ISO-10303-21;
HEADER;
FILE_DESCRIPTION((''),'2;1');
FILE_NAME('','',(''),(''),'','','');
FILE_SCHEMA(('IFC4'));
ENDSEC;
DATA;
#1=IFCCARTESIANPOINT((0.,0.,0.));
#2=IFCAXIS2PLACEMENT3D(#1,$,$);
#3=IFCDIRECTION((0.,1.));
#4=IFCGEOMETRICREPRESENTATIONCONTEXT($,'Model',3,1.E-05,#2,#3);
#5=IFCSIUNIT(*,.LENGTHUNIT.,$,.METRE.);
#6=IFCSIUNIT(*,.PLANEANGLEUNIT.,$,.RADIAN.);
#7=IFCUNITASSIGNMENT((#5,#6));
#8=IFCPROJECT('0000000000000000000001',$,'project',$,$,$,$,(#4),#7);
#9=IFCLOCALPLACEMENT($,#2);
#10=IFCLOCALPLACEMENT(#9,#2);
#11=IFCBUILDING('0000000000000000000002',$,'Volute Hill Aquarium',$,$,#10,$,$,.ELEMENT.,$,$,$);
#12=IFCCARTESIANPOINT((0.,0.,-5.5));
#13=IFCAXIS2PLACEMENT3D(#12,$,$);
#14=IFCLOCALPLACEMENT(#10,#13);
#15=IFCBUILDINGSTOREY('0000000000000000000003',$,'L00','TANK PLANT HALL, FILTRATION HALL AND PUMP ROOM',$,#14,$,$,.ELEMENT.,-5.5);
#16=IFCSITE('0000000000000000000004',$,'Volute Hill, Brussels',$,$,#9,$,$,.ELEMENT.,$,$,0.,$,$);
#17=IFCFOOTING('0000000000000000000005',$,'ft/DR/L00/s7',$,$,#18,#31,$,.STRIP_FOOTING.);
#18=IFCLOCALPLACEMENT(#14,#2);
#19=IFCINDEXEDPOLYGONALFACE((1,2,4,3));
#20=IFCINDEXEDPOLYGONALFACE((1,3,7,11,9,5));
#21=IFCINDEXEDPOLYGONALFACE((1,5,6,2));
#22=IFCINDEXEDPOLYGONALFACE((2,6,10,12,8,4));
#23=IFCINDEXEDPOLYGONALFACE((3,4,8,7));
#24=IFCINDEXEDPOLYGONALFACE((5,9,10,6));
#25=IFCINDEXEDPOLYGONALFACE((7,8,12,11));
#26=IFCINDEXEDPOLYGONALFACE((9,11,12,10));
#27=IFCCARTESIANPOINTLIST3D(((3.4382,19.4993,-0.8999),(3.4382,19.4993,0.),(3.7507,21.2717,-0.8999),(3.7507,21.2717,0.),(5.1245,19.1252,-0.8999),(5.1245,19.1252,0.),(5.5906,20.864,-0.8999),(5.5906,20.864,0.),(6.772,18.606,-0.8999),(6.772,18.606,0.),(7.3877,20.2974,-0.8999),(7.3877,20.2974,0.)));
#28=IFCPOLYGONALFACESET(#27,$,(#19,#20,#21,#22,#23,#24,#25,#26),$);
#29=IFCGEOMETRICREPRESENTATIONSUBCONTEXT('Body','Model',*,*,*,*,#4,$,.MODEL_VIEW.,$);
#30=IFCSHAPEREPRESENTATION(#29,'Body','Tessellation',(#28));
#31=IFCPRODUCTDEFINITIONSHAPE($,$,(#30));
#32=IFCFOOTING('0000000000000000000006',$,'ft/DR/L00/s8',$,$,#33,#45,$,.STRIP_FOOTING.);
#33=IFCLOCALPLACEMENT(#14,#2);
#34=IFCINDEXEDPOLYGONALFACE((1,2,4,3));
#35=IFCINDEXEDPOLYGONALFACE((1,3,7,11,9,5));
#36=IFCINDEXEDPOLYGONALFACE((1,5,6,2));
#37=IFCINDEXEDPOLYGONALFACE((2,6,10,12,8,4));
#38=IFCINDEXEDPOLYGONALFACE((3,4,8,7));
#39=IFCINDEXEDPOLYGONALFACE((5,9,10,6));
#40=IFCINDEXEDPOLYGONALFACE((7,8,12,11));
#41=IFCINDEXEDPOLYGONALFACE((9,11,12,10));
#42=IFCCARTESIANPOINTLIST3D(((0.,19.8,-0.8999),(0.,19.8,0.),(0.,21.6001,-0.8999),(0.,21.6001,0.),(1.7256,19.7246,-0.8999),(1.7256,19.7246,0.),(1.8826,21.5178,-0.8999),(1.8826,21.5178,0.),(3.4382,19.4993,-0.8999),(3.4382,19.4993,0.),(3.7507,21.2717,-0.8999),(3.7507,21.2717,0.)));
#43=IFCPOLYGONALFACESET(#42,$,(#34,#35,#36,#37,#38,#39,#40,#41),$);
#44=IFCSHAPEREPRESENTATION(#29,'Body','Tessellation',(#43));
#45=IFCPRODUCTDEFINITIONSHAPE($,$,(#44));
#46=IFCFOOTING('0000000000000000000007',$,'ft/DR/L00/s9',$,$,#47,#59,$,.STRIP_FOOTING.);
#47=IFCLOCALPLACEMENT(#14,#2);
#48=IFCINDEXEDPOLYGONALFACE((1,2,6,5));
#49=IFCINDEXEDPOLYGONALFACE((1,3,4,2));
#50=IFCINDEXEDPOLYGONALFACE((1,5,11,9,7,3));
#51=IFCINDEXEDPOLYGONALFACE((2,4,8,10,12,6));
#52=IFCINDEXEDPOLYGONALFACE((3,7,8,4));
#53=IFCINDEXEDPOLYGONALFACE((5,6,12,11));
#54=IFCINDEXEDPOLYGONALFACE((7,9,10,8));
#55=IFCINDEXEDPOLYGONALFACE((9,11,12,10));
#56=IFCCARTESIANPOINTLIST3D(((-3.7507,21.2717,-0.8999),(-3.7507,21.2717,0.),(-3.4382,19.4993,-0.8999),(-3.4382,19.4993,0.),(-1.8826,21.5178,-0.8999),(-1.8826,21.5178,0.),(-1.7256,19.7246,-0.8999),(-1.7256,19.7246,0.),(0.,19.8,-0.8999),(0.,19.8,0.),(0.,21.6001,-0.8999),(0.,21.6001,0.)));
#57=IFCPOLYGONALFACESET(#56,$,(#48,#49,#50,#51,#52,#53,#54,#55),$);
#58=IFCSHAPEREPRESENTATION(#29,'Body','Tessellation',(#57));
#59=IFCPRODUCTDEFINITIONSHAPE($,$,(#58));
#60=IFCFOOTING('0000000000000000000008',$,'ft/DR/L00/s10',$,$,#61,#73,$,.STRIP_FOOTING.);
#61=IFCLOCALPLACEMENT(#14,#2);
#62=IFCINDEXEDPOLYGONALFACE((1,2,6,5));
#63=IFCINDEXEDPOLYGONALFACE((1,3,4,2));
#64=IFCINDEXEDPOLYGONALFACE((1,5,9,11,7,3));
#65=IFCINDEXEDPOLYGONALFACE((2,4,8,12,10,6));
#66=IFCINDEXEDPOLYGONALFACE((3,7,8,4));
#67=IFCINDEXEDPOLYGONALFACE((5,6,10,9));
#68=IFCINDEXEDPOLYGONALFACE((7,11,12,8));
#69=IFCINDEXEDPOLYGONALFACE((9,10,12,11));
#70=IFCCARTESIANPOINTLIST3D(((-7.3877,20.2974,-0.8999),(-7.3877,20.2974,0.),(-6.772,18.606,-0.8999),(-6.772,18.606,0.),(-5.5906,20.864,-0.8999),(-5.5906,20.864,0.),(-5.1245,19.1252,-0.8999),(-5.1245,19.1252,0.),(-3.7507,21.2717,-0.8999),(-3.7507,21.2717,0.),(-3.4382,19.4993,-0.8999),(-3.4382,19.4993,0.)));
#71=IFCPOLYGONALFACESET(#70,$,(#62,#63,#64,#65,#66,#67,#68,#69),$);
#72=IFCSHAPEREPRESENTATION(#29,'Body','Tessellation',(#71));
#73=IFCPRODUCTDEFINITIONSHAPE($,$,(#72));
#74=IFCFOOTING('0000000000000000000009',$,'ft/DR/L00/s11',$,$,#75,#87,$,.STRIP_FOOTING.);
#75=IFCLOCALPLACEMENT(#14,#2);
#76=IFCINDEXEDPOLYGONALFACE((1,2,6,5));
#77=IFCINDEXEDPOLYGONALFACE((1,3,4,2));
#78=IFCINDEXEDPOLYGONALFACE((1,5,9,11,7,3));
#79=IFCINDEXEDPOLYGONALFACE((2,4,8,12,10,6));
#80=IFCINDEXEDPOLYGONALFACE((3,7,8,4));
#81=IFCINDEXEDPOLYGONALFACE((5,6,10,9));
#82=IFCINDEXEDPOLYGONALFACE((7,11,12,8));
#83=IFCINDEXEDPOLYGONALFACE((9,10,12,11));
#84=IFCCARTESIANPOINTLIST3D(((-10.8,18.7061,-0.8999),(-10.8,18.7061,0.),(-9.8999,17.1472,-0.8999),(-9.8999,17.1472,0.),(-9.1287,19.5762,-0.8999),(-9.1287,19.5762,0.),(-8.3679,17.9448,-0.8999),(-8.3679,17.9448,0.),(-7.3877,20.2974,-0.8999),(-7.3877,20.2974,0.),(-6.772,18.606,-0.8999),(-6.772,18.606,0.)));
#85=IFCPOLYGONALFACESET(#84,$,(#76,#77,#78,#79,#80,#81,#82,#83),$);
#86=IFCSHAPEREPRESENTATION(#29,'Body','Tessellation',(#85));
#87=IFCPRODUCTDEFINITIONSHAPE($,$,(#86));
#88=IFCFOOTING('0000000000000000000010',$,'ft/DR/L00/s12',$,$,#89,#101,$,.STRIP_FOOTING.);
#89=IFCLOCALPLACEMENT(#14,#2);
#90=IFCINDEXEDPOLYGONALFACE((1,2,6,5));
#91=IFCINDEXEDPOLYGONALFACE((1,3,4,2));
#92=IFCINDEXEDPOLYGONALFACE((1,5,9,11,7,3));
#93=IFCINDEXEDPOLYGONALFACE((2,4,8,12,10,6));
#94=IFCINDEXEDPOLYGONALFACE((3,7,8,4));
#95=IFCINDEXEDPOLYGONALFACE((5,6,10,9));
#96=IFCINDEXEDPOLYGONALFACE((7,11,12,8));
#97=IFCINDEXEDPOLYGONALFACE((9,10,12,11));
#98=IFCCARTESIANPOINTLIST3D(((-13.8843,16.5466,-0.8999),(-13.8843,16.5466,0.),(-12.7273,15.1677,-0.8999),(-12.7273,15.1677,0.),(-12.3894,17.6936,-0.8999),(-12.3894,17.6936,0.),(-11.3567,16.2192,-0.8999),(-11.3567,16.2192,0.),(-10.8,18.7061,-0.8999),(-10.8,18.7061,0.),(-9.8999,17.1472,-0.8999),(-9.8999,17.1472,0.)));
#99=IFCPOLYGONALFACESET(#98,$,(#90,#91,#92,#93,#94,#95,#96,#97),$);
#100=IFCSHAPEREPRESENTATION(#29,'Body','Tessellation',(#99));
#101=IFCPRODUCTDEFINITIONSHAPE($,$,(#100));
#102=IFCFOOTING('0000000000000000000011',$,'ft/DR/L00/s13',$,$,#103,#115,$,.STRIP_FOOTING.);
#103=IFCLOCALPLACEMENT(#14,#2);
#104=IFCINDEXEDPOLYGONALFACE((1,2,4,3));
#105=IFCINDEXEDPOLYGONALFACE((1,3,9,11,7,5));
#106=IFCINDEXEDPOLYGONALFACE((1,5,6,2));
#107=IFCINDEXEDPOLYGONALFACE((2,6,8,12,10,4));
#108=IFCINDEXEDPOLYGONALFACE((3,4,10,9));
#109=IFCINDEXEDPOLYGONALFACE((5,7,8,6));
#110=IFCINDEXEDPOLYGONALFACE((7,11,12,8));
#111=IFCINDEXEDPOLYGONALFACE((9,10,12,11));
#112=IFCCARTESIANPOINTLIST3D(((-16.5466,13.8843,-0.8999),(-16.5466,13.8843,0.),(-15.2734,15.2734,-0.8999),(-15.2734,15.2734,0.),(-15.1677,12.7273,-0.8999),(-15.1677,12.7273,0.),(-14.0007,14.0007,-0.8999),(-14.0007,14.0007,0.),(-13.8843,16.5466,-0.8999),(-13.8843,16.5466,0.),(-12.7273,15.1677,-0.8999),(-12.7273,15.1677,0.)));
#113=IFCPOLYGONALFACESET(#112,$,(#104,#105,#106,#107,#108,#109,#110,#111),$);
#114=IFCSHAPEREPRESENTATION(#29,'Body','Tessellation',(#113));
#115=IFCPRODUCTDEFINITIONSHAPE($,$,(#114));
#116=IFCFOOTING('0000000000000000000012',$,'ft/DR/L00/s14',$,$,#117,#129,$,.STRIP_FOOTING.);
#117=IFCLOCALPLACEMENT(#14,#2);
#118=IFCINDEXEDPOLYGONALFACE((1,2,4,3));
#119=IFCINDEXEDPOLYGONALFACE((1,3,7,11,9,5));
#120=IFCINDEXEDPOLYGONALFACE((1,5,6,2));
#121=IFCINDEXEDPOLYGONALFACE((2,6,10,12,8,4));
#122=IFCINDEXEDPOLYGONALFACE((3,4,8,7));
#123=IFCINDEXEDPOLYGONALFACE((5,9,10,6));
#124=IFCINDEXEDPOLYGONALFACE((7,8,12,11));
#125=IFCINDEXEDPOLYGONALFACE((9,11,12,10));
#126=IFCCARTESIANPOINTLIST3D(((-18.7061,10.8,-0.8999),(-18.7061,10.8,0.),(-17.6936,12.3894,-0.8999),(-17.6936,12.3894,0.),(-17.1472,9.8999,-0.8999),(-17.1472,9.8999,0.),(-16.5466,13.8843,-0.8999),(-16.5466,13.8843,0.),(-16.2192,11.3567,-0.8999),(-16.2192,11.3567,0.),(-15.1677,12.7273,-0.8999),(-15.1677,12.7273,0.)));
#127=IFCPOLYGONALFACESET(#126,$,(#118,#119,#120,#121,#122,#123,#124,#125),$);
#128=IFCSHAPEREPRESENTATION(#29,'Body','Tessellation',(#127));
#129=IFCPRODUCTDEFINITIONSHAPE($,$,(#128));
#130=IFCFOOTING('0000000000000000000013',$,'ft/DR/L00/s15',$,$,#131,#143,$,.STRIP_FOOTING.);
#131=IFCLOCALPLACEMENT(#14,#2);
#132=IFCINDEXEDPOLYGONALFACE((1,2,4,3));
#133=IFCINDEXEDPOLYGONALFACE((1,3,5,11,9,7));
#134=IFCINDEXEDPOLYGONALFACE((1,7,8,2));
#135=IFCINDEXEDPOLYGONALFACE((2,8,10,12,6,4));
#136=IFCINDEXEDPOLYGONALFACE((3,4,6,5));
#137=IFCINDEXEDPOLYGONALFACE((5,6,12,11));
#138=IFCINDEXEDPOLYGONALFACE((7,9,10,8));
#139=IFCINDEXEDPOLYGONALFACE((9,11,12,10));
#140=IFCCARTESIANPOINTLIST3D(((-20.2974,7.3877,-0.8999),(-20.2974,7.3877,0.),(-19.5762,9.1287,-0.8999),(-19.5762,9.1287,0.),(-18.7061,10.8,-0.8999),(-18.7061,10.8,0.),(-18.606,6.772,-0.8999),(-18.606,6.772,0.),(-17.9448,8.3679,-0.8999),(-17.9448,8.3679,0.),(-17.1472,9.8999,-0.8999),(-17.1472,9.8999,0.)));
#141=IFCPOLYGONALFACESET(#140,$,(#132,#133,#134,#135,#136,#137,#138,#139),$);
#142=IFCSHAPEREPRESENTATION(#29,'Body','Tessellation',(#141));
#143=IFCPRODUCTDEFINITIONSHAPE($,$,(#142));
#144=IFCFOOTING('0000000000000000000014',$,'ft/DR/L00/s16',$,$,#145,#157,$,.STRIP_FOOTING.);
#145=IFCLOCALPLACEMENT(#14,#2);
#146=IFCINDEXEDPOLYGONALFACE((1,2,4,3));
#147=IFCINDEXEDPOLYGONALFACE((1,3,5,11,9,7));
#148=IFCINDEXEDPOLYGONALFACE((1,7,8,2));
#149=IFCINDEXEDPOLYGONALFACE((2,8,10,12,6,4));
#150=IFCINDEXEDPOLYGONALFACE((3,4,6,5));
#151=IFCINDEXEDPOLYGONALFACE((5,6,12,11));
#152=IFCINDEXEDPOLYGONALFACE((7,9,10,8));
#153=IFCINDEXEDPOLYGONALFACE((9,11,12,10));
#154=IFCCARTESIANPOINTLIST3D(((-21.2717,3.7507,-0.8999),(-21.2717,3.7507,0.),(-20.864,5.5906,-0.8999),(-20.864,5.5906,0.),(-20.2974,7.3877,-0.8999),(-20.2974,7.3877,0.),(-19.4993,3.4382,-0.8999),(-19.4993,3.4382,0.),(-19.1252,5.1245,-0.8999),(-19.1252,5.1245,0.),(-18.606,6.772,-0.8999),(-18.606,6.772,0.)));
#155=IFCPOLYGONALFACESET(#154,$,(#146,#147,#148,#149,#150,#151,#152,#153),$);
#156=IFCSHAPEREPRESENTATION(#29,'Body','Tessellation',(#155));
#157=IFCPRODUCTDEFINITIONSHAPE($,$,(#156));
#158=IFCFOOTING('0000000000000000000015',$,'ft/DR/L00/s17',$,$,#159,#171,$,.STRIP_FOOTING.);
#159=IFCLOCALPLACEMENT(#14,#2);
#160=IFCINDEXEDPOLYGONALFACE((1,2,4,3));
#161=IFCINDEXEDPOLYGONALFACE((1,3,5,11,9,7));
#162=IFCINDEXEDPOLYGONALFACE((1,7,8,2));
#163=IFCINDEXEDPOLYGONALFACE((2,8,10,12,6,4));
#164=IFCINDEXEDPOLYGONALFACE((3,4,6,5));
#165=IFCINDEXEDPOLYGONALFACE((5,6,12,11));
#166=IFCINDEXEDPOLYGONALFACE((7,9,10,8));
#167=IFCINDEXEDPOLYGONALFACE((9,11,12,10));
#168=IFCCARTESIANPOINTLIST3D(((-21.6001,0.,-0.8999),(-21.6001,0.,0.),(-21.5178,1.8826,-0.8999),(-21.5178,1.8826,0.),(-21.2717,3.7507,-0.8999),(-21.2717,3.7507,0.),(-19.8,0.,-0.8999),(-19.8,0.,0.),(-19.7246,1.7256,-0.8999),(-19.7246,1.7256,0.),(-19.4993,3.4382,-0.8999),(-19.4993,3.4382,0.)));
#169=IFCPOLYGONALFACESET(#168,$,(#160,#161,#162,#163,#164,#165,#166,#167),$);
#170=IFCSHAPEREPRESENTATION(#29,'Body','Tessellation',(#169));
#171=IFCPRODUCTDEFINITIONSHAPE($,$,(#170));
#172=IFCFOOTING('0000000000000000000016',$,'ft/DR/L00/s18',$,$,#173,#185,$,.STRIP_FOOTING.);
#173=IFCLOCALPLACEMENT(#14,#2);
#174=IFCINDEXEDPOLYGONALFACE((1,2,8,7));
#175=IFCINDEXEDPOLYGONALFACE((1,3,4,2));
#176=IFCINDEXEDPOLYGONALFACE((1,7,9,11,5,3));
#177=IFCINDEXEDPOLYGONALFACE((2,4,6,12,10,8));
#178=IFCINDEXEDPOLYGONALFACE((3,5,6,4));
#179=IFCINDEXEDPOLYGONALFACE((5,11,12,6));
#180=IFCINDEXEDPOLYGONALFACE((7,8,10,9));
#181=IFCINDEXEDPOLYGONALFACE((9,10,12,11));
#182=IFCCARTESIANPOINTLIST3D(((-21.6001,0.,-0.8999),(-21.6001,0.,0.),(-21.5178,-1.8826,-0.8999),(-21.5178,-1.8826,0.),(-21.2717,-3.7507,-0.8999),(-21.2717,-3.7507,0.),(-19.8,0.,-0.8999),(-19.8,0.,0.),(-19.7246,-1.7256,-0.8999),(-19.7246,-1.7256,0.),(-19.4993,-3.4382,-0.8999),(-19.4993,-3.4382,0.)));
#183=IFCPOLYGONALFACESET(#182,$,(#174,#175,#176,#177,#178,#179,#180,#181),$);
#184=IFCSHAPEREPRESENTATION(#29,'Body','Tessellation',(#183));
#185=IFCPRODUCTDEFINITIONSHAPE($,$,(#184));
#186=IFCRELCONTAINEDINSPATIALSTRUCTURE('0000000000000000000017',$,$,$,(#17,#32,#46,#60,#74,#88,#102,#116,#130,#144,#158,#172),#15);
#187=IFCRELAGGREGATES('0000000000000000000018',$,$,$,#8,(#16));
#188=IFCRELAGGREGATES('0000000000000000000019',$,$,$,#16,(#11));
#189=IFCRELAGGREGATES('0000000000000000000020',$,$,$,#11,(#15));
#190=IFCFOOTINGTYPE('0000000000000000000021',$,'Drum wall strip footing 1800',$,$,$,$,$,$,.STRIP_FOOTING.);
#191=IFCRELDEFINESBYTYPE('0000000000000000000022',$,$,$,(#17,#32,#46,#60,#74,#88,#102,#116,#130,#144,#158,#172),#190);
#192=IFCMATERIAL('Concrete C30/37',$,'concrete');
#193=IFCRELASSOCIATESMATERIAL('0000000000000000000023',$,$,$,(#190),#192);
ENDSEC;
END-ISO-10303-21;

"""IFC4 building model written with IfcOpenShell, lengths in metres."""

from ifc_helpers import new_model, si_unit, direction, frame, origin, place, context, subcontext, project, spatial, polyline, outline, extrude, material, type_object, element, save


model = new_model("IFC4")

# Units and contexts
model_context = context("Model", 3, precision=1e-05, world=origin(), true_north=direction((0.0, 1.0)))
body_context = subcontext(model_context, "Body", "Model", "MODEL_VIEW")
ifc_project = project(units=[si_unit("LENGTHUNIT", "METRE"), si_unit("PLANEANGLEUNIT", "RADIAN")], contexts=[model_context])

# Site, building, storey
site_placement = place(None, origin())
site = spatial("IfcSite", under=ifc_project, at=site_placement, Name="Volute Hill, Brussels", CompositionType="ELEMENT", RefElevation=0.0)
building_placement = place(site_placement, origin())
building = spatial("IfcBuilding", under=site, at=building_placement, Name="Volute Hill Aquarium", CompositionType="ELEMENT")
storey_placement = place(building_placement, frame((0.0, 0.0, -5.5)))
storey = spatial("IfcBuildingStorey", under=building, at=storey_placement, Name="L00", Description="TANK PLANT HALL, FILTRATION HALL AND PUMP ROOM", CompositionType="ELEMENT", Elevation=-5.5)

# Footings
ifc_material_1 = material(Name="Concrete C30/37", Category="concrete")
footing_type = type_object("IfcFootingType", Name="Drum wall strip footing 1800", PredefinedType="STRIP_FOOTING", material=ifc_material_1)
footing_1_placement = place(storey_placement, frame((0.0, 0.0, -0.8999)))
element("IfcFooting", 1, at=footing_1_placement, inside=storey, type_object=footing_type, Name="ft/DR/L00/s7", PredefinedType="STRIP_FOOTING", context=body_context, shape_type="SweptSolid", body=[
    extrude(outline(polyline([(7.3877, 20.2974), (5.5906, 20.864), (3.7507, 21.2717), (3.4382, 19.4993), (5.1245, 19.1252), (6.772, 18.606), (7.3877, 20.2974)])), origin(), (0.0, 0.0, 1.0), 0.8999),
])
footing_2_placement = place(storey_placement, frame((0.0, 0.0, -0.8999)))
element("IfcFooting", 2, at=footing_2_placement, inside=storey, type_object=footing_type, Name="ft/DR/L00/s8", PredefinedType="STRIP_FOOTING", context=body_context, shape_type="SweptSolid", body=[
    extrude(outline(polyline([(3.7507, 21.2717), (1.8826, 21.5178), (0.0, 21.6001), (0.0, 19.8), (1.7256, 19.7246), (3.4382, 19.4993), (3.7507, 21.2717)])), origin(), (0.0, 0.0, 1.0), 0.8999),
])
footing_3_placement = place(storey_placement, frame((0.0, 0.0, -0.8999)))
element("IfcFooting", 3, at=footing_3_placement, inside=storey, type_object=footing_type, Name="ft/DR/L00/s9", PredefinedType="STRIP_FOOTING", context=body_context, shape_type="SweptSolid", body=[
    extrude(outline(polyline([(0.0, 21.6001), (-1.8826, 21.5178), (-3.7507, 21.2717), (-3.4382, 19.4993), (-1.7256, 19.7246), (0.0, 19.8), (0.0, 21.6001)])), origin(), (0.0, 0.0, 1.0), 0.8999),
])
footing_4_placement = place(storey_placement, frame((0.0, 0.0, -0.8999)))
element("IfcFooting", 4, at=footing_4_placement, inside=storey, type_object=footing_type, Name="ft/DR/L00/s10", PredefinedType="STRIP_FOOTING", context=body_context, shape_type="SweptSolid", body=[
    extrude(outline(polyline([(-3.7507, 21.2717), (-5.5906, 20.864), (-7.3877, 20.2974), (-6.772, 18.606), (-5.1245, 19.1252), (-3.4382, 19.4993), (-3.7507, 21.2717)])), origin(), (0.0, 0.0, 1.0), 0.8999),
])
footing_5_placement = place(storey_placement, frame((0.0, 0.0, -0.8999)))
element("IfcFooting", 5, at=footing_5_placement, inside=storey, type_object=footing_type, Name="ft/DR/L00/s11", PredefinedType="STRIP_FOOTING", context=body_context, shape_type="SweptSolid", body=[
    extrude(outline(polyline([(-7.3877, 20.2974), (-9.1287, 19.5762), (-10.8, 18.7061), (-9.8999, 17.1472), (-8.3679, 17.9448), (-6.772, 18.606), (-7.3877, 20.2974)])), origin(), (0.0, 0.0, 1.0), 0.8999),
])
footing_6_placement = place(storey_placement, frame((0.0, 0.0, -0.8999)))
element("IfcFooting", 6, at=footing_6_placement, inside=storey, type_object=footing_type, Name="ft/DR/L00/s12", PredefinedType="STRIP_FOOTING", context=body_context, shape_type="SweptSolid", body=[
    extrude(outline(polyline([(-10.8, 18.7061), (-12.3894, 17.6936), (-13.8843, 16.5466), (-12.7273, 15.1677), (-11.3567, 16.2192), (-9.8999, 17.1472), (-10.8, 18.7061)])), origin(), (0.0, 0.0, 1.0), 0.8999),
])
footing_7_placement = place(storey_placement, frame((0.0, 0.0, -0.8999)))
element("IfcFooting", 7, at=footing_7_placement, inside=storey, type_object=footing_type, Name="ft/DR/L00/s13", PredefinedType="STRIP_FOOTING", context=body_context, shape_type="SweptSolid", body=[
    extrude(outline(polyline([(-13.8843, 16.5466), (-15.2734, 15.2734), (-16.5466, 13.8843), (-15.1677, 12.7273), (-14.0007, 14.0007), (-12.7273, 15.1677), (-13.8843, 16.5466)])), origin(), (0.0, 0.0, 1.0), 0.8999),
])
footing_8_placement = place(storey_placement, frame((0.0, 0.0, -0.8999)))
element("IfcFooting", 8, at=footing_8_placement, inside=storey, type_object=footing_type, Name="ft/DR/L00/s14", PredefinedType="STRIP_FOOTING", context=body_context, shape_type="SweptSolid", body=[
    extrude(outline(polyline([(-16.5466, 13.8843), (-17.6936, 12.3894), (-18.7061, 10.8), (-17.1472, 9.8999), (-16.2192, 11.3567), (-15.1677, 12.7273), (-16.5466, 13.8843)])), origin(), (0.0, 0.0, 1.0), 0.8999),
])
footing_9_placement = place(storey_placement, frame((0.0, 0.0, -0.8999)))
element("IfcFooting", 9, at=footing_9_placement, inside=storey, type_object=footing_type, Name="ft/DR/L00/s15", PredefinedType="STRIP_FOOTING", context=body_context, shape_type="SweptSolid", body=[
    extrude(outline(polyline([(-18.7061, 10.8), (-19.5762, 9.1287), (-20.2974, 7.3877), (-18.606, 6.772), (-17.9448, 8.3679), (-17.1472, 9.8999), (-18.7061, 10.8)])), origin(), (0.0, 0.0, 1.0), 0.8999),
])
footing_10_placement = place(storey_placement, frame((0.0, 0.0, -0.8999)))
element("IfcFooting", 10, at=footing_10_placement, inside=storey, type_object=footing_type, Name="ft/DR/L00/s16", PredefinedType="STRIP_FOOTING", context=body_context, shape_type="SweptSolid", body=[
    extrude(outline(polyline([(-20.2974, 7.3877), (-20.864, 5.5906), (-21.2717, 3.7507), (-19.4993, 3.4382), (-19.1252, 5.1245), (-18.606, 6.772), (-20.2974, 7.3877)])), origin(), (0.0, 0.0, 1.0), 0.8999),
])
footing_11_placement = place(storey_placement, frame((0.0, 0.0, -0.8999)))
element("IfcFooting", 11, at=footing_11_placement, inside=storey, type_object=footing_type, Name="ft/DR/L00/s17", PredefinedType="STRIP_FOOTING", context=body_context, shape_type="SweptSolid", body=[
    extrude(outline(polyline([(-21.2717, 3.7507), (-21.5178, 1.8826), (-21.6001, 0.0), (-19.8, 0.0), (-19.7246, 1.7256), (-19.4993, 3.4382), (-21.2717, 3.7507)])), origin(), (0.0, 0.0, 1.0), 0.8999),
])
footing_12_placement = place(storey_placement, frame((0.0, 0.0, -0.8999)))
element("IfcFooting", 12, at=footing_12_placement, inside=storey, type_object=footing_type, Name="ft/DR/L00/s18", PredefinedType="STRIP_FOOTING", context=body_context, shape_type="SweptSolid", body=[
    extrude(outline(polyline([(-21.6001, 0.0), (-21.5178, -1.8826), (-21.2717, -3.7507), (-19.4993, -3.4382), (-19.7246, -1.7256), (-19.8, 0.0), (-21.6001, 0.0)])), origin(), (0.0, 0.0, 1.0), 0.8999),
])

save(model, "model.ifc")
